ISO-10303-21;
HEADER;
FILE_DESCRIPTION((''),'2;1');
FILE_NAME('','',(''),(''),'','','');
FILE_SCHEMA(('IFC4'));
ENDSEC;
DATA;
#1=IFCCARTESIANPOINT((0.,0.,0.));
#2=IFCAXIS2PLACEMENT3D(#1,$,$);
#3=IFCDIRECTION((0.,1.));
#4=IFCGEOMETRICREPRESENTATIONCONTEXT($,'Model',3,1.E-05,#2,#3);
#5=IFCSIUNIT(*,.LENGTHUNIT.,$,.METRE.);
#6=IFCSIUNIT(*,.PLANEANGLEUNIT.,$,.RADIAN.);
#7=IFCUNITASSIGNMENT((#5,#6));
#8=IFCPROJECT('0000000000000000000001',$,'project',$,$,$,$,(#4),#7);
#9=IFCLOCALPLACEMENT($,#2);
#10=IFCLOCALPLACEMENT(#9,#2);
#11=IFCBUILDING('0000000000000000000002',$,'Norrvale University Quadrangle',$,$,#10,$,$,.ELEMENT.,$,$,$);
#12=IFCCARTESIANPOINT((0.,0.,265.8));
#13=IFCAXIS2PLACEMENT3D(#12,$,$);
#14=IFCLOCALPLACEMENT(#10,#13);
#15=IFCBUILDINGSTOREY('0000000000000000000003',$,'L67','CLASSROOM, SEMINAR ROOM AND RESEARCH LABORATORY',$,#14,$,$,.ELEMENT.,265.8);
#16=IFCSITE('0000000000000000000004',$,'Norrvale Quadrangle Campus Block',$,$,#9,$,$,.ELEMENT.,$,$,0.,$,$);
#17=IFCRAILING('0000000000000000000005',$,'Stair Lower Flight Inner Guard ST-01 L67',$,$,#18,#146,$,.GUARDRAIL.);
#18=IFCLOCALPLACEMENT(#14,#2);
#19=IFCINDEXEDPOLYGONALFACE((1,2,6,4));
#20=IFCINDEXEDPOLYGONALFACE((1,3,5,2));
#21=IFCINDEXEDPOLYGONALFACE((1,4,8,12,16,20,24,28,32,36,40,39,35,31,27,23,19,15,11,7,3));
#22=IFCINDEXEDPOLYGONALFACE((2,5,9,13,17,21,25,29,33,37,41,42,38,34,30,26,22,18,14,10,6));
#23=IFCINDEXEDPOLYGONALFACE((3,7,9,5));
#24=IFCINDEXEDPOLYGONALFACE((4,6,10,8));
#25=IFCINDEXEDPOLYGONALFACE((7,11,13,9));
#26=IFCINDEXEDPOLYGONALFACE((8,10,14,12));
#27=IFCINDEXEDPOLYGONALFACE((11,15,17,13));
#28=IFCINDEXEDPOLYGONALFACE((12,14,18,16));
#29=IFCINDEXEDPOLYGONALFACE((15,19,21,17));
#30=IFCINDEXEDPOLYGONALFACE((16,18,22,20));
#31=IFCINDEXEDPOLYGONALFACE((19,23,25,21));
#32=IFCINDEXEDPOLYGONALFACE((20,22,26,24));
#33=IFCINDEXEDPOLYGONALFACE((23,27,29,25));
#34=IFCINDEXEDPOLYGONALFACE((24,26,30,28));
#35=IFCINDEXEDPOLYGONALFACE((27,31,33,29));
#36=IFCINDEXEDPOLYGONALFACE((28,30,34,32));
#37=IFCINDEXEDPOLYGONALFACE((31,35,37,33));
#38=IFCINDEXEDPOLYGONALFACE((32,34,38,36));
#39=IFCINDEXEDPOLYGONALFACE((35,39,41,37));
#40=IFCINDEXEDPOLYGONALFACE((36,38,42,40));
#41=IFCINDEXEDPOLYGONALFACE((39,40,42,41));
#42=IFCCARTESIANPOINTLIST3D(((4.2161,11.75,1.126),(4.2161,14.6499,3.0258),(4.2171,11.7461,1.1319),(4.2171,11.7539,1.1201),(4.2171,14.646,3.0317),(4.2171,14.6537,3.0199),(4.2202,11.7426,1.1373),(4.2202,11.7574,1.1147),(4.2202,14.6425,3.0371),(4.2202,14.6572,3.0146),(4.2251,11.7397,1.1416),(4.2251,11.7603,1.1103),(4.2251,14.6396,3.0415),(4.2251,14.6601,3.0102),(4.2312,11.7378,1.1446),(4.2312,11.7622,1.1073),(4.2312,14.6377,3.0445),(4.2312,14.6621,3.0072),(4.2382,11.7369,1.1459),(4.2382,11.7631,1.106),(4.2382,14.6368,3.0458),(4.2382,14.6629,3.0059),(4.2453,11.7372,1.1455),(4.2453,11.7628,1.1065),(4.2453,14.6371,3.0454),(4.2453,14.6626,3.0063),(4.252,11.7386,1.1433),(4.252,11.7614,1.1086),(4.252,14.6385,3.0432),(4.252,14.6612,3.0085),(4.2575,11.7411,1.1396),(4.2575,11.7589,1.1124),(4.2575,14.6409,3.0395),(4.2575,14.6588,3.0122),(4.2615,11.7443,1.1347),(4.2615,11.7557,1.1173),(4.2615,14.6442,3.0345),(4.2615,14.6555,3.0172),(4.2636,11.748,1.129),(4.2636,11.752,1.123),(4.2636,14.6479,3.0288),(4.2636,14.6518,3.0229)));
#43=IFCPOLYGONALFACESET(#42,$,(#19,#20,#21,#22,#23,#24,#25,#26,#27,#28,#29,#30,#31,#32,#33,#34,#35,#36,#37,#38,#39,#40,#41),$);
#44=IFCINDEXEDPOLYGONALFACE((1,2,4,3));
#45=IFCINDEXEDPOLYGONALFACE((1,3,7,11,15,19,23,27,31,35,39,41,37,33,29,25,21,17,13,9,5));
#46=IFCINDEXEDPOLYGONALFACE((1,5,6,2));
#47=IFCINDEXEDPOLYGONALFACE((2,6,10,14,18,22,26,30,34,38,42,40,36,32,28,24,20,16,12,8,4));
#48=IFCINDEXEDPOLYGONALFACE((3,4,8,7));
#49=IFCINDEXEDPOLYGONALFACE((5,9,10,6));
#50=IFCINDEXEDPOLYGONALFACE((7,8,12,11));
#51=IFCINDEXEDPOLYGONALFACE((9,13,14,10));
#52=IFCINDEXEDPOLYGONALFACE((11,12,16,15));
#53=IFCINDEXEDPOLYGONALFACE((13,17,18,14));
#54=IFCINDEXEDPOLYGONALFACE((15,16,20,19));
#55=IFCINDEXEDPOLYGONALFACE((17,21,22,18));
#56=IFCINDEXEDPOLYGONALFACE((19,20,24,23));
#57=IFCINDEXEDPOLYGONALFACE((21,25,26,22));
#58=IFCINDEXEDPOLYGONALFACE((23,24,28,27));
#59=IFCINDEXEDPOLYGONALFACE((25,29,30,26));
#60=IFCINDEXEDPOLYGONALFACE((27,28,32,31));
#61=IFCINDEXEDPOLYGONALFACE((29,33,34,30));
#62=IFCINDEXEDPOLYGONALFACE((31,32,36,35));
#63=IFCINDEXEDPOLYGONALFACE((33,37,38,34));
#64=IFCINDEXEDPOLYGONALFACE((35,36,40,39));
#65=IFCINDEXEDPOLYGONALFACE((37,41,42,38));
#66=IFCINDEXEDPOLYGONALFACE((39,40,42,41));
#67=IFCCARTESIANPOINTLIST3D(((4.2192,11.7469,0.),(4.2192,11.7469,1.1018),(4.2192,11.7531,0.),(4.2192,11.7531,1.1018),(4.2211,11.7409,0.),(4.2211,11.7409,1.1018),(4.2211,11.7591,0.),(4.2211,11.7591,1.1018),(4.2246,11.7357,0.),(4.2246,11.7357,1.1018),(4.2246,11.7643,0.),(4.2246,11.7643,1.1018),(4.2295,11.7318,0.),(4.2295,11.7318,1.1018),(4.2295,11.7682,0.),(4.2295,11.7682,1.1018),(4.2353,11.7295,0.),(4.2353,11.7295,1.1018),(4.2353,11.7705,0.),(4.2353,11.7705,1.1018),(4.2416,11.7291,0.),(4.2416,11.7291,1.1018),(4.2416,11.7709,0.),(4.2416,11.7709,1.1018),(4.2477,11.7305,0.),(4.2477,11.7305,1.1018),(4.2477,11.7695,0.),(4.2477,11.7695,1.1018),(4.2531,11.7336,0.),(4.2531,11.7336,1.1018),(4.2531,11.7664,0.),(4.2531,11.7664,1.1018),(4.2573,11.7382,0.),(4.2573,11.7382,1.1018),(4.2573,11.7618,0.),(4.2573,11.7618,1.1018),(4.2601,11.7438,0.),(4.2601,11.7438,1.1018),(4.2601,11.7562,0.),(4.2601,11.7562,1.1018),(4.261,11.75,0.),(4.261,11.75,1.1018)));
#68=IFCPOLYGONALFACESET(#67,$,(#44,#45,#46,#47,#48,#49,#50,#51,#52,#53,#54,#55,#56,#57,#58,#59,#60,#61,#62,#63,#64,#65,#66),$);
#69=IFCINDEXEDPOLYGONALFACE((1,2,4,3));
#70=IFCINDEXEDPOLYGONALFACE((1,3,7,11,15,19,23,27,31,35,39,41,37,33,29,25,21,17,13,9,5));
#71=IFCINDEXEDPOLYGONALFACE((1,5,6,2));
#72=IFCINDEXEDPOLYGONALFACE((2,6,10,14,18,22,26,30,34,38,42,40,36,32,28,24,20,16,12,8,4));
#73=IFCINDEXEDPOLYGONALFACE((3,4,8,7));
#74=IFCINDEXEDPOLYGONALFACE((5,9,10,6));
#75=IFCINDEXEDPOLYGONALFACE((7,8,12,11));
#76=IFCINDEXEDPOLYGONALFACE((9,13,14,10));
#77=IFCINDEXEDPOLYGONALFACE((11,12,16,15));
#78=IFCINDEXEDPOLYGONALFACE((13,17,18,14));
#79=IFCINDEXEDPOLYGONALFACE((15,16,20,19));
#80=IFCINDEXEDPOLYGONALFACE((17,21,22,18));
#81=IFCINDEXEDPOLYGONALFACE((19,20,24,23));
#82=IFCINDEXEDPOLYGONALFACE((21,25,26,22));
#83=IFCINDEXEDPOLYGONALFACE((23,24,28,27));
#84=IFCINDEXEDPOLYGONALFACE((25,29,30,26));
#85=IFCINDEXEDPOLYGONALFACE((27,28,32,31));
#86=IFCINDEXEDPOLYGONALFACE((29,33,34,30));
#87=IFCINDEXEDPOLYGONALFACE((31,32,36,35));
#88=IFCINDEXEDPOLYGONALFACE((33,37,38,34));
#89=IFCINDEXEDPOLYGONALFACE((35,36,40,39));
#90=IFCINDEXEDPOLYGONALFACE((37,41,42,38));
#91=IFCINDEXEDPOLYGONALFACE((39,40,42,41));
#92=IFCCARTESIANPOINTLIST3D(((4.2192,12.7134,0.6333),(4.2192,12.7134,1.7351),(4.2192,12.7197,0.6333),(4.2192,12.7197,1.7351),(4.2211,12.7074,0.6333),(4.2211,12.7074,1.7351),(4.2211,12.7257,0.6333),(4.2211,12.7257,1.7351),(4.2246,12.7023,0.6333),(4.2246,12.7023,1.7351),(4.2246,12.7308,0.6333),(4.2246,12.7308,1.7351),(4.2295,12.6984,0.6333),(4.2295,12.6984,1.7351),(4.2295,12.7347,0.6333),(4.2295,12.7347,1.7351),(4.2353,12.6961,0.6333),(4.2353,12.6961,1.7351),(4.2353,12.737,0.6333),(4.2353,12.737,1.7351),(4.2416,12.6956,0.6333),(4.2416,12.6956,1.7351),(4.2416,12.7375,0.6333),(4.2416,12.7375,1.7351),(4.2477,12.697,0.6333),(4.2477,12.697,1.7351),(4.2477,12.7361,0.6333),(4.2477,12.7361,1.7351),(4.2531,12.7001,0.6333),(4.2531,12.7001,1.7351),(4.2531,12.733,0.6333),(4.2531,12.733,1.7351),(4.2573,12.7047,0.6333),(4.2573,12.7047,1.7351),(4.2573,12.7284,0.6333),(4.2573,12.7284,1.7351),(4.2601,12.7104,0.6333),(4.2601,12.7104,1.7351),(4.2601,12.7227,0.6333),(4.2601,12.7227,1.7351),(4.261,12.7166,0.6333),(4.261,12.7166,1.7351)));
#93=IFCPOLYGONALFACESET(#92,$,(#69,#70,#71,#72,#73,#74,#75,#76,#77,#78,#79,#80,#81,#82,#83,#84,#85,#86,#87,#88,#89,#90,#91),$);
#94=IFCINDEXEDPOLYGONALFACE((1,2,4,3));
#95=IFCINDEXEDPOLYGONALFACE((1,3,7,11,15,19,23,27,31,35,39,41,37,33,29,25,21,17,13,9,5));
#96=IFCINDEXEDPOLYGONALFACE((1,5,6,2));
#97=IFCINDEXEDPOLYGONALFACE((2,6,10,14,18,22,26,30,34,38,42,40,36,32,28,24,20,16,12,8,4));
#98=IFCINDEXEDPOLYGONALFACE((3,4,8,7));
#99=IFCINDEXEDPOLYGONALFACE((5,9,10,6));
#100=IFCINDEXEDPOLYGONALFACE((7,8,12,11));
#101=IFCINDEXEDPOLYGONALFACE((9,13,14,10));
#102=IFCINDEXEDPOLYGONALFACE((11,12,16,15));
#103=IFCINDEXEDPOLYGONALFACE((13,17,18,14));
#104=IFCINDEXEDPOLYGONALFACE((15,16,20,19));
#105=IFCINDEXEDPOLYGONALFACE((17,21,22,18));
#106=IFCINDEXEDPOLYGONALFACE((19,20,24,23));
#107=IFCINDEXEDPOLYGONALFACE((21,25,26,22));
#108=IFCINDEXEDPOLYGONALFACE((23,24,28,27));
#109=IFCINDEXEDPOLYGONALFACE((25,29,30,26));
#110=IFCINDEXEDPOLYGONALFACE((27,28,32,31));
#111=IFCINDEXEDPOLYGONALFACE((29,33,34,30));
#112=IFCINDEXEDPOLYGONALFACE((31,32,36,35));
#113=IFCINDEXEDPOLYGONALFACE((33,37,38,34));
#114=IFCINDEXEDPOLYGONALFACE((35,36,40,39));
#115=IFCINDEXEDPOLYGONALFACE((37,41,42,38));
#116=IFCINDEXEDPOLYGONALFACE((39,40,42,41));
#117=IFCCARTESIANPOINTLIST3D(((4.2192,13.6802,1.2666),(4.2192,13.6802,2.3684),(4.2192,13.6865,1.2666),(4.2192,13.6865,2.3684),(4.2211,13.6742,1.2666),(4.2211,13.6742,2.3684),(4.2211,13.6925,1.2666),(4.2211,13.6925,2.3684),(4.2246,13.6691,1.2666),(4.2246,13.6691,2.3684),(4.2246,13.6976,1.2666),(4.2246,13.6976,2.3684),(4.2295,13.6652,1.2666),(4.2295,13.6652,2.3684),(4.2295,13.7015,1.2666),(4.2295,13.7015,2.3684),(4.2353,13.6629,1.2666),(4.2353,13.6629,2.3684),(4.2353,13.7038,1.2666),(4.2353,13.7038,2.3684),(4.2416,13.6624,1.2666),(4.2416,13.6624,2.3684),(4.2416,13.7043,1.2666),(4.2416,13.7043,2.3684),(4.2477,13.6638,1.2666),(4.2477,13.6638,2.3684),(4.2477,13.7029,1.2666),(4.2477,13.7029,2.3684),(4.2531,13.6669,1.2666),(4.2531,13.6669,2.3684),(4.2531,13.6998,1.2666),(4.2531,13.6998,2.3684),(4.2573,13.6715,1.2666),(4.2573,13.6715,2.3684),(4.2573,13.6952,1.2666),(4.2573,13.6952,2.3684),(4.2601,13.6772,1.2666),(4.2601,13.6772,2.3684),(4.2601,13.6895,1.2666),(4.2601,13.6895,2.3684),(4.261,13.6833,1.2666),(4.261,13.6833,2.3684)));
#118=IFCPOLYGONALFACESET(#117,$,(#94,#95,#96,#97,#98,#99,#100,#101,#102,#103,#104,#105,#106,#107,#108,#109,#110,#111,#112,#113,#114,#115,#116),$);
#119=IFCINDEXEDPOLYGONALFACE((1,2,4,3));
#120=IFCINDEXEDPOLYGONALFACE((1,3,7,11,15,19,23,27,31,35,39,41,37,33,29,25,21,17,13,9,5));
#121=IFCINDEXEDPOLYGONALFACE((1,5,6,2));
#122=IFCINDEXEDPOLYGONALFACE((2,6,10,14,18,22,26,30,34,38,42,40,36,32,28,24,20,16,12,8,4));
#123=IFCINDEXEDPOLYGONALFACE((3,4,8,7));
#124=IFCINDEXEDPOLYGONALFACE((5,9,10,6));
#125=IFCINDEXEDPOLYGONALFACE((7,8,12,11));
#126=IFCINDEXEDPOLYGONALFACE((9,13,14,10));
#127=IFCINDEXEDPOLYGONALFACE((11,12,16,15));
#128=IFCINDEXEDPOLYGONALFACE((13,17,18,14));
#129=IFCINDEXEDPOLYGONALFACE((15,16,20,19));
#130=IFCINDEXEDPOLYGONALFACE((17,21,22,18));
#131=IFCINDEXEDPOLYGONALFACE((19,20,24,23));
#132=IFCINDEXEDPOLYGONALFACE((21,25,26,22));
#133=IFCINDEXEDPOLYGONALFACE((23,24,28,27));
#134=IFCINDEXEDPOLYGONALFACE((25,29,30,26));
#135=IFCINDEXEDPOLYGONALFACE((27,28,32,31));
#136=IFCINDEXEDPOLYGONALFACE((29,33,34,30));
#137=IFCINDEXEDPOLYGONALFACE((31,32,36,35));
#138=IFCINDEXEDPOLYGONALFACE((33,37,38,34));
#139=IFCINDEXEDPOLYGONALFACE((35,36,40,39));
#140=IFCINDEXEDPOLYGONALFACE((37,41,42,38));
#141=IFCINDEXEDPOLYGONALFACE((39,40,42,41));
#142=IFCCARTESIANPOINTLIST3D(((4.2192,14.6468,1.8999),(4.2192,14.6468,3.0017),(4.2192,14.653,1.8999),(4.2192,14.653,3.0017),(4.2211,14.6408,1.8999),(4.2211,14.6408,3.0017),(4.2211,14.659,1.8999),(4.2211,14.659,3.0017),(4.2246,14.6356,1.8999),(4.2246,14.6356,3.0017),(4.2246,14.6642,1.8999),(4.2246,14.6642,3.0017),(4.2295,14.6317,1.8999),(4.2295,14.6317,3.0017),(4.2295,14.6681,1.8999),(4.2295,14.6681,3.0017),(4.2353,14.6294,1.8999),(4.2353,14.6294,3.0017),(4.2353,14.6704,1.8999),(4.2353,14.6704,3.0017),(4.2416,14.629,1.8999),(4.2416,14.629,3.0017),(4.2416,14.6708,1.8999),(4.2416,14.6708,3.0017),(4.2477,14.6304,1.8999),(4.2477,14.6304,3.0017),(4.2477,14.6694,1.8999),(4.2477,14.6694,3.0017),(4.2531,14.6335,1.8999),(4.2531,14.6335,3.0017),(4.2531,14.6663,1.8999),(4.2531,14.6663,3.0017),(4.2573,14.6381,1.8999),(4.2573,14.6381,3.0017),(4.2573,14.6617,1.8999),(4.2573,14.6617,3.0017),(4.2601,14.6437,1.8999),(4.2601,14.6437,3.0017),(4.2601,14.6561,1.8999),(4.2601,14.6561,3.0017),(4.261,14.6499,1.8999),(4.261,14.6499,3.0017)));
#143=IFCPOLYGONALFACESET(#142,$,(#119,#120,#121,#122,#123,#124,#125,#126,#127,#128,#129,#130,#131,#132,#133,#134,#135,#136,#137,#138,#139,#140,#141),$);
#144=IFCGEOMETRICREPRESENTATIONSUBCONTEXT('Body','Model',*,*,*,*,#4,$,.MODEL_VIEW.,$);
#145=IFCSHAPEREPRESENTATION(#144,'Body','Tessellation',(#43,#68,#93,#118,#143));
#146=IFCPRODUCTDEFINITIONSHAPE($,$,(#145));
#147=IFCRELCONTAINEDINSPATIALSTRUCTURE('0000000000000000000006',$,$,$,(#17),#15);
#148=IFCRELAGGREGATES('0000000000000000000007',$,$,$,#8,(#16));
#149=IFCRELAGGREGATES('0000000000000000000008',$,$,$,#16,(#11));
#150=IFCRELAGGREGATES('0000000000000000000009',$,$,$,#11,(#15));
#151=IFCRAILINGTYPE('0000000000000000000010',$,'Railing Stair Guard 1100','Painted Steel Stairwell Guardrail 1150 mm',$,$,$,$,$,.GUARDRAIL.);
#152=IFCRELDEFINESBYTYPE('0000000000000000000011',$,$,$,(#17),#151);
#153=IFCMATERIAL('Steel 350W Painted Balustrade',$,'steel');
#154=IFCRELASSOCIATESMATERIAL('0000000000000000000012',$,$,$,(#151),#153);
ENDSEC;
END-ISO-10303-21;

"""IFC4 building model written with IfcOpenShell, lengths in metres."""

from ifc_helpers import new_model, si_unit, direction, frame, origin, origin_2d, place, context, subcontext, project, spatial, circle, extrude, material, type_object, element, save


model = new_model("IFC4")

# Units and contexts
model_context = context("Model", 3, precision=1e-05, world=origin(), true_north=direction((0.0, 1.0)))
body_context = subcontext(model_context, "Body", "Model", "MODEL_VIEW")
ifc_project = project(units=[si_unit("LENGTHUNIT", "METRE"), si_unit("PLANEANGLEUNIT", "RADIAN")], contexts=[model_context])

# Site, building, storey
site_placement = place(None, origin())
site = spatial("IfcSite", under=ifc_project, at=site_placement, Name="Norrvale Quadrangle Campus Block", CompositionType="ELEMENT", RefElevation=0.0)
building_placement = place(site_placement, origin())
building = spatial("IfcBuilding", under=site, at=building_placement, Name="Norrvale University Quadrangle", CompositionType="ELEMENT")
storey_placement = place(building_placement, frame((0.0, 0.0, 265.8)))
storey = spatial("IfcBuildingStorey", under=building, at=storey_placement, Name="L67", Description="CLASSROOM, SEMINAR ROOM AND RESEARCH LABORATORY", CompositionType="ELEMENT", Elevation=265.8)

# Railing
ifc_material_1 = material(Name="Steel 350W Painted Balustrade", Category="steel")
railing_type_1 = type_object("IfcRailingType", Name="Railing Stair Guard 1100", Description="Painted Steel Stairwell Guardrail 1150 mm", PredefinedType="GUARDRAIL", material=ifc_material_1)
railing_1_placement = place(storey_placement, frame((4.24, 11.75, 0.0)))
element("IfcRailing", 1, at=railing_1_placement, inside=storey, type_object=railing_type_1, Name="Stair Lower Flight Inner Guard ST-01 L67", PredefinedType="GUARDRAIL", context=body_context, shape_type="SweptSolid", body=[
    extrude(circle(Radius=0.0239, at=origin_2d()), frame((0.0, 0.0, 1.126), z_axis=(0.0, 0.836466, 0.548019), x_axis=(-1.0, 0.0, 0.0)), (0.0, 0.0, 1.0), 3.4668),
    extrude(circle(Radius=0.021, at=origin_2d()), origin(), (0.0, 0.0, 1.0), 1.1018),
    extrude(circle(Radius=0.021, at=origin_2d()), frame((0.0, 0.9666, 0.6333)), (0.0, 0.0, 1.0), 1.1018),
    extrude(circle(Radius=0.021, at=origin_2d()), frame((0.0, 1.9333, 1.2666)), (0.0, 0.0, 1.0), 1.1018),
    extrude(circle(Radius=0.021, at=origin_2d()), frame((0.0, 2.8999, 1.8999)), (0.0, 0.0, 1.0), 1.1018),
])

save(model, "model.ifc")
